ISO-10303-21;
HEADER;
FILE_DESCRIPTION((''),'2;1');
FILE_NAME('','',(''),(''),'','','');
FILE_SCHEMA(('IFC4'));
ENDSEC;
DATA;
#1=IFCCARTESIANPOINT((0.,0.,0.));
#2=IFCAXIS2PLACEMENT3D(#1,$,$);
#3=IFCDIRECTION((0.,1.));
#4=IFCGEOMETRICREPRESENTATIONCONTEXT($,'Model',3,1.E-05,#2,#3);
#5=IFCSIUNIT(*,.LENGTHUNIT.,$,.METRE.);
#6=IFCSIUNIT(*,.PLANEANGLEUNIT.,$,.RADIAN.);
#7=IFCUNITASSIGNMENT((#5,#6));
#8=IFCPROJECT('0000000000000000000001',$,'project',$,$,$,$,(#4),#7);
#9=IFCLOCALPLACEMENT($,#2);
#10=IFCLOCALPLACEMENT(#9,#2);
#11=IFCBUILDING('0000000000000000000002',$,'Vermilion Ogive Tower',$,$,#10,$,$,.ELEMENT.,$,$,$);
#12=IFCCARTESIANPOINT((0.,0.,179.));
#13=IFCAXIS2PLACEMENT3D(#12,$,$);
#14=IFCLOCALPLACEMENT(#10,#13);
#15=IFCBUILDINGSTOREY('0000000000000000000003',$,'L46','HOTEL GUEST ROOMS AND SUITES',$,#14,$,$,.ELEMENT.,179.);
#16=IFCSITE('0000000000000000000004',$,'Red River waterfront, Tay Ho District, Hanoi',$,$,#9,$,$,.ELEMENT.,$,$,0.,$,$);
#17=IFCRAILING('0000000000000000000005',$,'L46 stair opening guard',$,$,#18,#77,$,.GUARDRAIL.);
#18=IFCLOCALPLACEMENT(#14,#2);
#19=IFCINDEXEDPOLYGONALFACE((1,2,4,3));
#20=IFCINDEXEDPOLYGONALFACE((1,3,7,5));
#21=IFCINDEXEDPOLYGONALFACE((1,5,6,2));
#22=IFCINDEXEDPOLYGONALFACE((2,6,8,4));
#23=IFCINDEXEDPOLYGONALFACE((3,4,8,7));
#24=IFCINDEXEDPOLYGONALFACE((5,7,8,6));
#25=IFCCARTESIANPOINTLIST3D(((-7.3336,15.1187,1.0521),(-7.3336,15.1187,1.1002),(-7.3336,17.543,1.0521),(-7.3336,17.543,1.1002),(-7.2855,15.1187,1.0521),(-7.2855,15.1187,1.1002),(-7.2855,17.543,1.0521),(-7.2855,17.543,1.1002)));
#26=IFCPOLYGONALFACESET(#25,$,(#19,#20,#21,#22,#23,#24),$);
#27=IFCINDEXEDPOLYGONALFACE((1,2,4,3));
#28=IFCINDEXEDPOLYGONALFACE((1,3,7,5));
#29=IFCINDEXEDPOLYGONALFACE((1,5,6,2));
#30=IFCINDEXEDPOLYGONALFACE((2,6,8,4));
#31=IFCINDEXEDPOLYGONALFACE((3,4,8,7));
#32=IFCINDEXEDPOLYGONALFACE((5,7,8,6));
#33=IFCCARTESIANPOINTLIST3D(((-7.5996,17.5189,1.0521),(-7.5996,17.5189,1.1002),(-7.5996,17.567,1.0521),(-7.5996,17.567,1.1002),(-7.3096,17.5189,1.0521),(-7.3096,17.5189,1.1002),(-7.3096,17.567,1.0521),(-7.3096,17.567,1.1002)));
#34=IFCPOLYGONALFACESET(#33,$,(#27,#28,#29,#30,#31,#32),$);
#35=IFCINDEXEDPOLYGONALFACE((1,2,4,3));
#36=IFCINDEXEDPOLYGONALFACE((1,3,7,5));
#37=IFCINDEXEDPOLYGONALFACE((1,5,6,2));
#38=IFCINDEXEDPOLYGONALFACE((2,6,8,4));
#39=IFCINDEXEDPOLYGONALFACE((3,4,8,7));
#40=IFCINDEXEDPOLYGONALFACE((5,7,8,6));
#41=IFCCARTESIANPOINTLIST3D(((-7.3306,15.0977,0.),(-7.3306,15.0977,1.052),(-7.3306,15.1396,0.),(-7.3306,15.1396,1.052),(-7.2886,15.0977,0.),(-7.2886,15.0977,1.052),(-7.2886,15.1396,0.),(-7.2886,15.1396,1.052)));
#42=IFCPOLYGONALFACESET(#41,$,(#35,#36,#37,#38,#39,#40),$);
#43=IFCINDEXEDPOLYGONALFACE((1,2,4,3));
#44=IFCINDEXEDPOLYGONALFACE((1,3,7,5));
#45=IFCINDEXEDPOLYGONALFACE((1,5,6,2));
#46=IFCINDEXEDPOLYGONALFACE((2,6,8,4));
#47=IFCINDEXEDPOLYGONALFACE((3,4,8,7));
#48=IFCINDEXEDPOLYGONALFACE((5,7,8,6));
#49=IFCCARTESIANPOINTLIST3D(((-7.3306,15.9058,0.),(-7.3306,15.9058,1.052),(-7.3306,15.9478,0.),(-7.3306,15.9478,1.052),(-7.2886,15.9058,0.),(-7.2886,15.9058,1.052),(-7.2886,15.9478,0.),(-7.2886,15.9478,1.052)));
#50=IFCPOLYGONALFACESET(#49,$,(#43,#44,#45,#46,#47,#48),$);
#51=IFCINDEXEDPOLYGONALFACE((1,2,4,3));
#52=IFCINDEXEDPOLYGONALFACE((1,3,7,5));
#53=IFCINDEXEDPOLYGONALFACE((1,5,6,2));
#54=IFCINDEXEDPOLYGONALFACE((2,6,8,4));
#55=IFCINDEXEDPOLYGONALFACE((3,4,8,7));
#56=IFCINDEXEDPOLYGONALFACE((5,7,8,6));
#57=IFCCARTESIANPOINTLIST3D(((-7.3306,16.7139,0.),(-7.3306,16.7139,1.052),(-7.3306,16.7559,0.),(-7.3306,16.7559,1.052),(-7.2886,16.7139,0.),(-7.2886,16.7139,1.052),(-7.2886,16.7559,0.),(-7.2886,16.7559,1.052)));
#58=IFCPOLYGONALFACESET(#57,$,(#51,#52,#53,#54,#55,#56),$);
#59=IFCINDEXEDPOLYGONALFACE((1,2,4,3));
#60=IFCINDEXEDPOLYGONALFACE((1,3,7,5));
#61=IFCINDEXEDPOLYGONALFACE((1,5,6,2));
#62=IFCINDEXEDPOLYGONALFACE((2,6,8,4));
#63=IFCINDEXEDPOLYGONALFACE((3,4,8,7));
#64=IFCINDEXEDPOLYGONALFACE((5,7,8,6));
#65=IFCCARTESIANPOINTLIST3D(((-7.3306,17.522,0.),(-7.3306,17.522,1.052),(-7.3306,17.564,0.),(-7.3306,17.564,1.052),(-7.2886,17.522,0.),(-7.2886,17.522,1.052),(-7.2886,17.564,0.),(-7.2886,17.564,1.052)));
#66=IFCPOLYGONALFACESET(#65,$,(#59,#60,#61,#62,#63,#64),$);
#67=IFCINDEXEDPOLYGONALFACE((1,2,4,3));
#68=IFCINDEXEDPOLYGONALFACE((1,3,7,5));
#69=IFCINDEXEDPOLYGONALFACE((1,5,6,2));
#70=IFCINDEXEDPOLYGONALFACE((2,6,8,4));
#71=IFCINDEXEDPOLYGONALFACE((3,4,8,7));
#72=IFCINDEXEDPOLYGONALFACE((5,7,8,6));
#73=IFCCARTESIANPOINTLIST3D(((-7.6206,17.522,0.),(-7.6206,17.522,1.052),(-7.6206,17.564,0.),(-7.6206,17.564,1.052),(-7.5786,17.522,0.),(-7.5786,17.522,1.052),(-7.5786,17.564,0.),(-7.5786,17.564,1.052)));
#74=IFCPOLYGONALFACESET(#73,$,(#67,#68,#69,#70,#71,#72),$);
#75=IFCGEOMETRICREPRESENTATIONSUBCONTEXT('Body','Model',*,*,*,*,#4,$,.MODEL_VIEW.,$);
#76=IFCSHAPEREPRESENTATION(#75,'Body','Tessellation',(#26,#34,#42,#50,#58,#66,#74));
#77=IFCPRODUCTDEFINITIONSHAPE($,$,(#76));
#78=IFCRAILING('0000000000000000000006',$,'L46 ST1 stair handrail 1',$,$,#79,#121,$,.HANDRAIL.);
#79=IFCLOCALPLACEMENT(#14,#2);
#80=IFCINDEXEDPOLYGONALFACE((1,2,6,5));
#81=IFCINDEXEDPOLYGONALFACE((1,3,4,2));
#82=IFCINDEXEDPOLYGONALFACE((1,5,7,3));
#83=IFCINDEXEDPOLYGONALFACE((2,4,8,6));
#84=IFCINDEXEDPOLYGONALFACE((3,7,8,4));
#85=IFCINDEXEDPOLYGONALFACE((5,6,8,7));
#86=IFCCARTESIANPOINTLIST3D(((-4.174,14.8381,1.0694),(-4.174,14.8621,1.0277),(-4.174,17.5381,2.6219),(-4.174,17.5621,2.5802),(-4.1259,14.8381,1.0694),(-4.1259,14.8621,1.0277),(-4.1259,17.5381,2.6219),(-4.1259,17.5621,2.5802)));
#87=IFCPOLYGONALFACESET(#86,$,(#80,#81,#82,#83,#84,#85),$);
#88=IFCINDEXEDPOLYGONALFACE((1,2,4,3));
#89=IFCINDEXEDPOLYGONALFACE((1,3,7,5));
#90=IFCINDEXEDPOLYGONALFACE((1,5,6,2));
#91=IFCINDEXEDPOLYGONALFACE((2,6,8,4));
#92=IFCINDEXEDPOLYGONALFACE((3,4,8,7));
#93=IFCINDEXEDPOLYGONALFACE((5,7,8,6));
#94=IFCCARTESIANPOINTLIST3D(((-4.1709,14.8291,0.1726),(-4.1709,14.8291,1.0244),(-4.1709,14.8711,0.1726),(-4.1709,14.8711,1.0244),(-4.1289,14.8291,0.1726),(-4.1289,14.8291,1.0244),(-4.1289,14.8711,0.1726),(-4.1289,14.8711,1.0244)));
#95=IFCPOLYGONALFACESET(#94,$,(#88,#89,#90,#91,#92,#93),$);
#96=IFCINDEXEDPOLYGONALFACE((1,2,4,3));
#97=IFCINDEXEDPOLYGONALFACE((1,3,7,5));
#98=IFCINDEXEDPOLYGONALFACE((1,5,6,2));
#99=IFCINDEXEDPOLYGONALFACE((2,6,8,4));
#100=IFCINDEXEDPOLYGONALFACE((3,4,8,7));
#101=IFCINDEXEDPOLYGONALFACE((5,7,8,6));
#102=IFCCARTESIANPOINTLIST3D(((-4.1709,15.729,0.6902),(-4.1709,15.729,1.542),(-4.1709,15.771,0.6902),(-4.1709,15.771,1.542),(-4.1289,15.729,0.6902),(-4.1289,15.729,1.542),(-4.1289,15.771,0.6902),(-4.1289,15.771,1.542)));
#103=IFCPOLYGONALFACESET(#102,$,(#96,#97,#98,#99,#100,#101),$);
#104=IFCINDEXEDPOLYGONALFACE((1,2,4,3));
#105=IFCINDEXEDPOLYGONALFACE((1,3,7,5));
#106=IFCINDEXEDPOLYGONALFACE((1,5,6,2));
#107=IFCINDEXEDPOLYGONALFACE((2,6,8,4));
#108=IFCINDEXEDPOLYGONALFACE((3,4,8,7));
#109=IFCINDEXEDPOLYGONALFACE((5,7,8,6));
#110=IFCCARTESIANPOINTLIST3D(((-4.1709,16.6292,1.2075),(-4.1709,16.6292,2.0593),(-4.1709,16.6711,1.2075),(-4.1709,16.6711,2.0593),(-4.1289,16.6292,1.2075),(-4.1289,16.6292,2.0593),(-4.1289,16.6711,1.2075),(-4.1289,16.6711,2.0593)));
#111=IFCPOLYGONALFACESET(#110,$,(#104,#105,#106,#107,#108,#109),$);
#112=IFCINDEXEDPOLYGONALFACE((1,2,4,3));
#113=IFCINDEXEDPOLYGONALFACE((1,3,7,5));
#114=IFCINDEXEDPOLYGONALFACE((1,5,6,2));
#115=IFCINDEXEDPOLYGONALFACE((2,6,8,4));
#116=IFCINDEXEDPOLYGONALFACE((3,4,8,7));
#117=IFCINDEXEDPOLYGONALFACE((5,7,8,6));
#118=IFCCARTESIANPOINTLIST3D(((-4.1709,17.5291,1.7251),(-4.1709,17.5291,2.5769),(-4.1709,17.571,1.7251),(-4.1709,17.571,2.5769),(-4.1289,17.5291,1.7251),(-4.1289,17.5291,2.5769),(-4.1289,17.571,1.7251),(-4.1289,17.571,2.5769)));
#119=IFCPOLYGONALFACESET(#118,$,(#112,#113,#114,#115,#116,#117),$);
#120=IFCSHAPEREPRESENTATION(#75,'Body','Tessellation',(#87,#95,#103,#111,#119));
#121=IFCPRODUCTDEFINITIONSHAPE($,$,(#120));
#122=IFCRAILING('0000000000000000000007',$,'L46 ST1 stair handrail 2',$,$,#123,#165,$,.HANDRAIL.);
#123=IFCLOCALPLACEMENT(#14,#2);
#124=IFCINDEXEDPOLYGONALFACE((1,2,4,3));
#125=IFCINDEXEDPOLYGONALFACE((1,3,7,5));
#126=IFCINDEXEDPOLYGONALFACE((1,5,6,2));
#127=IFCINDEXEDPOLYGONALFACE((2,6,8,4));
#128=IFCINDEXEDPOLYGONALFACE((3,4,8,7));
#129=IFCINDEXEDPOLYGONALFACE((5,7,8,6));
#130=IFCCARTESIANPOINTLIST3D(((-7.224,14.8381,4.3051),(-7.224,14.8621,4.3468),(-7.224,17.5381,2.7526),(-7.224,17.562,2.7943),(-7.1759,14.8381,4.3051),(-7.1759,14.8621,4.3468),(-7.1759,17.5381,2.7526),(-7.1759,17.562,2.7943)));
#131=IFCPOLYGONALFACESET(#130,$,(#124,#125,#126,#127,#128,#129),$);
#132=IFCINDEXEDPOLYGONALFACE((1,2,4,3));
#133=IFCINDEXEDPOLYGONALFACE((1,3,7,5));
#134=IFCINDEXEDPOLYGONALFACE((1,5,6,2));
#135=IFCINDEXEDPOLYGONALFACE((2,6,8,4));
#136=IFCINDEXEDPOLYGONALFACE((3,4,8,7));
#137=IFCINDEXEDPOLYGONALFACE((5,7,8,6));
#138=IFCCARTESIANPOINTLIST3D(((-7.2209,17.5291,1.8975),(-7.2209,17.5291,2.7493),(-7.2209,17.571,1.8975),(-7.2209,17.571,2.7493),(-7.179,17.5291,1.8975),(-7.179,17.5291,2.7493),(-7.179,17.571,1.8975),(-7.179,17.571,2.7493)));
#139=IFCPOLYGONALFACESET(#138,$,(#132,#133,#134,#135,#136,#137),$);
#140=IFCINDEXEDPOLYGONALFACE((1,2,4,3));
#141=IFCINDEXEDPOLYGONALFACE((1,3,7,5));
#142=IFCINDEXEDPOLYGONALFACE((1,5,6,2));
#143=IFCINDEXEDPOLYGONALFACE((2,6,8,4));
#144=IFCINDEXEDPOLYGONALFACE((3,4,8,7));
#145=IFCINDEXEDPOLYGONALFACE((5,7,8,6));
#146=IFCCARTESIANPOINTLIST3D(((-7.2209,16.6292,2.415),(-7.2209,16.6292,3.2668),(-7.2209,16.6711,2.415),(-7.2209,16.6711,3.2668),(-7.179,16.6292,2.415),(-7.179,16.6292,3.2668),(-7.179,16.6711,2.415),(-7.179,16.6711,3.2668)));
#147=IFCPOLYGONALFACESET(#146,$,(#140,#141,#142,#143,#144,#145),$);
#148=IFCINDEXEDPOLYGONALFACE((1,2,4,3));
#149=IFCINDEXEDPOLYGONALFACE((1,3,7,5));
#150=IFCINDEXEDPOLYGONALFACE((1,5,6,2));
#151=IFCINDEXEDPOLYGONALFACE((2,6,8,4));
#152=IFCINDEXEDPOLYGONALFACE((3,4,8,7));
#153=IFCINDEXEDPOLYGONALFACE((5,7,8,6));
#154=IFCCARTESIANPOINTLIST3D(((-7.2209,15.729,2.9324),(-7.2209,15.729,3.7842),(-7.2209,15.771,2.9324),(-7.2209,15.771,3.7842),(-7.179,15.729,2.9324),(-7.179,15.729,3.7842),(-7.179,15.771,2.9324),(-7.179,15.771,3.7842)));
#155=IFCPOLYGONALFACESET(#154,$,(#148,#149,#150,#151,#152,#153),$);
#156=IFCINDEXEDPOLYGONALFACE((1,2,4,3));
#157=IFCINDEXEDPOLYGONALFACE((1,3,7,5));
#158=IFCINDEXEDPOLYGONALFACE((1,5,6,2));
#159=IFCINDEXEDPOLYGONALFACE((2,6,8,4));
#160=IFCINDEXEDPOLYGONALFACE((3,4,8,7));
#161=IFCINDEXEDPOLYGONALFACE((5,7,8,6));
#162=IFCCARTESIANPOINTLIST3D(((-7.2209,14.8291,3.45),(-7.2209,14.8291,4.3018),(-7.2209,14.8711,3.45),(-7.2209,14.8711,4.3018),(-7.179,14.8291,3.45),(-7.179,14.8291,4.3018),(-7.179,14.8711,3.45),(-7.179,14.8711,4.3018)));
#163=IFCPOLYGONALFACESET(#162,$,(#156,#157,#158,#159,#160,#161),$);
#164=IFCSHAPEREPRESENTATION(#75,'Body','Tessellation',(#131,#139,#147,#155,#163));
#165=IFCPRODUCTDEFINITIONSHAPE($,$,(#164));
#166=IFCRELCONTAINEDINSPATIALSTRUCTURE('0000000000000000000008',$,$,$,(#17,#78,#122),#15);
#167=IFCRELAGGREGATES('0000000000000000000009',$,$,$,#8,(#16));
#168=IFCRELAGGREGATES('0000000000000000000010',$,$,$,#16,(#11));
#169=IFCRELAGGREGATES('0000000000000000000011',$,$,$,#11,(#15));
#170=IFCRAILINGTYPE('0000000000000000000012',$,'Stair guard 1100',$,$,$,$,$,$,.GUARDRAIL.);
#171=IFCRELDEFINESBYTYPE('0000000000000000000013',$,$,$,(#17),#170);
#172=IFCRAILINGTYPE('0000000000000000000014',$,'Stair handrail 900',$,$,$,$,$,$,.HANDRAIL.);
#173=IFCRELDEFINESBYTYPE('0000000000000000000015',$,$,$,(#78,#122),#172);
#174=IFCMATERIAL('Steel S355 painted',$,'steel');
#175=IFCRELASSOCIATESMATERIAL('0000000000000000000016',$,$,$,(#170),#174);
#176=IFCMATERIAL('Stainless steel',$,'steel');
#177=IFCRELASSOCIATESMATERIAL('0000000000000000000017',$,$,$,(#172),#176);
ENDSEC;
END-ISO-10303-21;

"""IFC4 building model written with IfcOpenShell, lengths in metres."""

from ifc_helpers import new_model, si_unit, direction, frame, origin, origin_2d, place, context, subcontext, project, spatial, rectangle, extrude, material, type_object, element, save


model = new_model("IFC4")

# Units and contexts
model_context = context("Model", 3, precision=1e-05, world=origin(), true_north=direction((0.0, 1.0)))
body_context = subcontext(model_context, "Body", "Model", "MODEL_VIEW")
ifc_project = project(units=[si_unit("LENGTHUNIT", "METRE"), si_unit("PLANEANGLEUNIT", "RADIAN")], contexts=[model_context])

# Site, building, storey
site_placement = place(None, origin())
site = spatial("IfcSite", under=ifc_project, at=site_placement, Name="Red River waterfront, Tay Ho District, Hanoi", CompositionType="ELEMENT", RefElevation=0.0)
building_placement = place(site_placement, origin())
building = spatial("IfcBuilding", under=site, at=building_placement, Name="Vermilion Ogive Tower", CompositionType="ELEMENT")
storey_placement = place(building_placement, frame((0.0, 0.0, 179.0)))
storey = spatial("IfcBuildingStorey", under=building, at=storey_placement, Name="L46", Description="HOTEL GUEST ROOMS AND SUITES", CompositionType="ELEMENT", Elevation=179.0)

# Railings
ifc_material_1 = material(Name="Steel S355 painted", Category="steel")
railing_type_1 = type_object("IfcRailingType", Name="Stair guard 1100", PredefinedType="GUARDRAIL", material=ifc_material_1)
railing_1_placement = place(storey_placement, frame((-7.3096, 15.1187, 0.0)))
element("IfcRailing", 1, at=railing_1_placement, inside=storey, type_object=railing_type_1, Name="L46 stair opening guard", PredefinedType="GUARDRAIL", context=body_context, shape_type="SweptSolid", body=[
    extrude(rectangle(XDim=0.0481, YDim=0.0481, at=origin_2d()), frame((0.0, 0.0, 1.0762), z_axis=(0.0, 1.0, 0.0), x_axis=(-1.0, 0.0, 0.0)), (0.0, 0.0, 1.0), 2.4243),
    extrude(rectangle(XDim=0.0481, YDim=0.0481, at=origin_2d()), frame((0.0, 2.4243, 1.0762), z_axis=(-1.0, 0.0, 0.0), x_axis=(0.0, -1.0, 0.0)), (0.0, 0.0, 1.0), 0.29),
    extrude(rectangle(XDim=0.042, YDim=0.042, at=origin_2d()), origin(), (0.0, 0.0, 1.0), 1.052),
    extrude(rectangle(XDim=0.042, YDim=0.042, at=origin_2d()), frame((0.0, 0.8081, 0.0)), (0.0, 0.0, 1.0), 1.052),
    extrude(rectangle(XDim=0.042, YDim=0.042, at=origin_2d()), frame((0.0, 1.6162, 0.0)), (0.0, 0.0, 1.0), 1.052),
    extrude(rectangle(XDim=0.042, YDim=0.042, at=origin_2d()), frame((0.0, 2.4243, 0.0)), (0.0, 0.0, 1.0), 1.052),
    extrude(rectangle(XDim=0.042, YDim=0.042, at=origin_2d()), frame((-0.29, 2.4243, 0.0)), (0.0, 0.0, 1.0), 1.052),
])
ifc_material_2 = material(Name="Stainless steel", Category="steel")
railing_type_2 = type_object("IfcRailingType", Name="Stair handrail 900", PredefinedType="HANDRAIL", material=ifc_material_2)
railing_2_placement = place(storey_placement, frame((-4.1499, 14.8501, 0.1726)))
element("IfcRailing", 2, at=railing_2_placement, inside=storey, type_object=railing_type_2, Name="L46 ST1 stair handrail 1", PredefinedType="HANDRAIL", context=body_context, shape_type="SweptSolid", body=[
    extrude(rectangle(XDim=0.0481, YDim=0.0481, at=origin_2d()), frame((0.0, 0.0, 0.876), z_axis=(0.0, 0.866904, 0.498476), x_axis=(-1.0, 0.0, 0.0)), (0.0, 0.0, 1.0), 3.1145),
    extrude(rectangle(XDim=0.042, YDim=0.042, at=origin_2d()), origin(), (0.0, 0.0, 1.0), 0.8518),
    extrude(rectangle(XDim=0.042, YDim=0.042, at=origin_2d()), frame((0.0, 0.8999, 0.5176)), (0.0, 0.0, 1.0), 0.8518),
    extrude(rectangle(XDim=0.042, YDim=0.042, at=origin_2d()), frame((0.0, 1.8, 1.0349)), (0.0, 0.0, 1.0), 0.8518),
    extrude(rectangle(XDim=0.042, YDim=0.042, at=origin_2d()), frame((0.0, 2.7, 1.5525)), (0.0, 0.0, 1.0), 0.8518),
])
railing_3_placement = place(storey_placement, frame((-7.2, 17.55, 1.8975)))
element("IfcRailing", 3, at=railing_3_placement, inside=storey, type_object=railing_type_2, Name="L46 ST1 stair handrail 2", PredefinedType="HANDRAIL", context=body_context, shape_type="SweptSolid", body=[
    extrude(rectangle(XDim=0.0481, YDim=0.0481, at=origin_2d()), frame((0.0, 0.0, 0.876), z_axis=(0.0, -0.866904, 0.498476), x_axis=(1.0, 0.0, 0.0)), (0.0, 0.0, 1.0), 3.1145),
    extrude(rectangle(XDim=0.042, YDim=0.042, at=origin_2d()), origin(), (0.0, 0.0, 1.0), 0.8518),
    extrude(rectangle(XDim=0.042, YDim=0.042, at=origin_2d()), frame((0.0, -0.8999, 0.5176)), (0.0, 0.0, 1.0), 0.8518),
    extrude(rectangle(XDim=0.042, YDim=0.042, at=origin_2d()), frame((0.0, -1.8, 1.0349)), (0.0, 0.0, 1.0), 0.8518),
    extrude(rectangle(XDim=0.042, YDim=0.042, at=origin_2d()), frame((0.0, -2.7, 1.5525)), (0.0, 0.0, 1.0), 0.8518),
])

save(model, "model.ifc")
